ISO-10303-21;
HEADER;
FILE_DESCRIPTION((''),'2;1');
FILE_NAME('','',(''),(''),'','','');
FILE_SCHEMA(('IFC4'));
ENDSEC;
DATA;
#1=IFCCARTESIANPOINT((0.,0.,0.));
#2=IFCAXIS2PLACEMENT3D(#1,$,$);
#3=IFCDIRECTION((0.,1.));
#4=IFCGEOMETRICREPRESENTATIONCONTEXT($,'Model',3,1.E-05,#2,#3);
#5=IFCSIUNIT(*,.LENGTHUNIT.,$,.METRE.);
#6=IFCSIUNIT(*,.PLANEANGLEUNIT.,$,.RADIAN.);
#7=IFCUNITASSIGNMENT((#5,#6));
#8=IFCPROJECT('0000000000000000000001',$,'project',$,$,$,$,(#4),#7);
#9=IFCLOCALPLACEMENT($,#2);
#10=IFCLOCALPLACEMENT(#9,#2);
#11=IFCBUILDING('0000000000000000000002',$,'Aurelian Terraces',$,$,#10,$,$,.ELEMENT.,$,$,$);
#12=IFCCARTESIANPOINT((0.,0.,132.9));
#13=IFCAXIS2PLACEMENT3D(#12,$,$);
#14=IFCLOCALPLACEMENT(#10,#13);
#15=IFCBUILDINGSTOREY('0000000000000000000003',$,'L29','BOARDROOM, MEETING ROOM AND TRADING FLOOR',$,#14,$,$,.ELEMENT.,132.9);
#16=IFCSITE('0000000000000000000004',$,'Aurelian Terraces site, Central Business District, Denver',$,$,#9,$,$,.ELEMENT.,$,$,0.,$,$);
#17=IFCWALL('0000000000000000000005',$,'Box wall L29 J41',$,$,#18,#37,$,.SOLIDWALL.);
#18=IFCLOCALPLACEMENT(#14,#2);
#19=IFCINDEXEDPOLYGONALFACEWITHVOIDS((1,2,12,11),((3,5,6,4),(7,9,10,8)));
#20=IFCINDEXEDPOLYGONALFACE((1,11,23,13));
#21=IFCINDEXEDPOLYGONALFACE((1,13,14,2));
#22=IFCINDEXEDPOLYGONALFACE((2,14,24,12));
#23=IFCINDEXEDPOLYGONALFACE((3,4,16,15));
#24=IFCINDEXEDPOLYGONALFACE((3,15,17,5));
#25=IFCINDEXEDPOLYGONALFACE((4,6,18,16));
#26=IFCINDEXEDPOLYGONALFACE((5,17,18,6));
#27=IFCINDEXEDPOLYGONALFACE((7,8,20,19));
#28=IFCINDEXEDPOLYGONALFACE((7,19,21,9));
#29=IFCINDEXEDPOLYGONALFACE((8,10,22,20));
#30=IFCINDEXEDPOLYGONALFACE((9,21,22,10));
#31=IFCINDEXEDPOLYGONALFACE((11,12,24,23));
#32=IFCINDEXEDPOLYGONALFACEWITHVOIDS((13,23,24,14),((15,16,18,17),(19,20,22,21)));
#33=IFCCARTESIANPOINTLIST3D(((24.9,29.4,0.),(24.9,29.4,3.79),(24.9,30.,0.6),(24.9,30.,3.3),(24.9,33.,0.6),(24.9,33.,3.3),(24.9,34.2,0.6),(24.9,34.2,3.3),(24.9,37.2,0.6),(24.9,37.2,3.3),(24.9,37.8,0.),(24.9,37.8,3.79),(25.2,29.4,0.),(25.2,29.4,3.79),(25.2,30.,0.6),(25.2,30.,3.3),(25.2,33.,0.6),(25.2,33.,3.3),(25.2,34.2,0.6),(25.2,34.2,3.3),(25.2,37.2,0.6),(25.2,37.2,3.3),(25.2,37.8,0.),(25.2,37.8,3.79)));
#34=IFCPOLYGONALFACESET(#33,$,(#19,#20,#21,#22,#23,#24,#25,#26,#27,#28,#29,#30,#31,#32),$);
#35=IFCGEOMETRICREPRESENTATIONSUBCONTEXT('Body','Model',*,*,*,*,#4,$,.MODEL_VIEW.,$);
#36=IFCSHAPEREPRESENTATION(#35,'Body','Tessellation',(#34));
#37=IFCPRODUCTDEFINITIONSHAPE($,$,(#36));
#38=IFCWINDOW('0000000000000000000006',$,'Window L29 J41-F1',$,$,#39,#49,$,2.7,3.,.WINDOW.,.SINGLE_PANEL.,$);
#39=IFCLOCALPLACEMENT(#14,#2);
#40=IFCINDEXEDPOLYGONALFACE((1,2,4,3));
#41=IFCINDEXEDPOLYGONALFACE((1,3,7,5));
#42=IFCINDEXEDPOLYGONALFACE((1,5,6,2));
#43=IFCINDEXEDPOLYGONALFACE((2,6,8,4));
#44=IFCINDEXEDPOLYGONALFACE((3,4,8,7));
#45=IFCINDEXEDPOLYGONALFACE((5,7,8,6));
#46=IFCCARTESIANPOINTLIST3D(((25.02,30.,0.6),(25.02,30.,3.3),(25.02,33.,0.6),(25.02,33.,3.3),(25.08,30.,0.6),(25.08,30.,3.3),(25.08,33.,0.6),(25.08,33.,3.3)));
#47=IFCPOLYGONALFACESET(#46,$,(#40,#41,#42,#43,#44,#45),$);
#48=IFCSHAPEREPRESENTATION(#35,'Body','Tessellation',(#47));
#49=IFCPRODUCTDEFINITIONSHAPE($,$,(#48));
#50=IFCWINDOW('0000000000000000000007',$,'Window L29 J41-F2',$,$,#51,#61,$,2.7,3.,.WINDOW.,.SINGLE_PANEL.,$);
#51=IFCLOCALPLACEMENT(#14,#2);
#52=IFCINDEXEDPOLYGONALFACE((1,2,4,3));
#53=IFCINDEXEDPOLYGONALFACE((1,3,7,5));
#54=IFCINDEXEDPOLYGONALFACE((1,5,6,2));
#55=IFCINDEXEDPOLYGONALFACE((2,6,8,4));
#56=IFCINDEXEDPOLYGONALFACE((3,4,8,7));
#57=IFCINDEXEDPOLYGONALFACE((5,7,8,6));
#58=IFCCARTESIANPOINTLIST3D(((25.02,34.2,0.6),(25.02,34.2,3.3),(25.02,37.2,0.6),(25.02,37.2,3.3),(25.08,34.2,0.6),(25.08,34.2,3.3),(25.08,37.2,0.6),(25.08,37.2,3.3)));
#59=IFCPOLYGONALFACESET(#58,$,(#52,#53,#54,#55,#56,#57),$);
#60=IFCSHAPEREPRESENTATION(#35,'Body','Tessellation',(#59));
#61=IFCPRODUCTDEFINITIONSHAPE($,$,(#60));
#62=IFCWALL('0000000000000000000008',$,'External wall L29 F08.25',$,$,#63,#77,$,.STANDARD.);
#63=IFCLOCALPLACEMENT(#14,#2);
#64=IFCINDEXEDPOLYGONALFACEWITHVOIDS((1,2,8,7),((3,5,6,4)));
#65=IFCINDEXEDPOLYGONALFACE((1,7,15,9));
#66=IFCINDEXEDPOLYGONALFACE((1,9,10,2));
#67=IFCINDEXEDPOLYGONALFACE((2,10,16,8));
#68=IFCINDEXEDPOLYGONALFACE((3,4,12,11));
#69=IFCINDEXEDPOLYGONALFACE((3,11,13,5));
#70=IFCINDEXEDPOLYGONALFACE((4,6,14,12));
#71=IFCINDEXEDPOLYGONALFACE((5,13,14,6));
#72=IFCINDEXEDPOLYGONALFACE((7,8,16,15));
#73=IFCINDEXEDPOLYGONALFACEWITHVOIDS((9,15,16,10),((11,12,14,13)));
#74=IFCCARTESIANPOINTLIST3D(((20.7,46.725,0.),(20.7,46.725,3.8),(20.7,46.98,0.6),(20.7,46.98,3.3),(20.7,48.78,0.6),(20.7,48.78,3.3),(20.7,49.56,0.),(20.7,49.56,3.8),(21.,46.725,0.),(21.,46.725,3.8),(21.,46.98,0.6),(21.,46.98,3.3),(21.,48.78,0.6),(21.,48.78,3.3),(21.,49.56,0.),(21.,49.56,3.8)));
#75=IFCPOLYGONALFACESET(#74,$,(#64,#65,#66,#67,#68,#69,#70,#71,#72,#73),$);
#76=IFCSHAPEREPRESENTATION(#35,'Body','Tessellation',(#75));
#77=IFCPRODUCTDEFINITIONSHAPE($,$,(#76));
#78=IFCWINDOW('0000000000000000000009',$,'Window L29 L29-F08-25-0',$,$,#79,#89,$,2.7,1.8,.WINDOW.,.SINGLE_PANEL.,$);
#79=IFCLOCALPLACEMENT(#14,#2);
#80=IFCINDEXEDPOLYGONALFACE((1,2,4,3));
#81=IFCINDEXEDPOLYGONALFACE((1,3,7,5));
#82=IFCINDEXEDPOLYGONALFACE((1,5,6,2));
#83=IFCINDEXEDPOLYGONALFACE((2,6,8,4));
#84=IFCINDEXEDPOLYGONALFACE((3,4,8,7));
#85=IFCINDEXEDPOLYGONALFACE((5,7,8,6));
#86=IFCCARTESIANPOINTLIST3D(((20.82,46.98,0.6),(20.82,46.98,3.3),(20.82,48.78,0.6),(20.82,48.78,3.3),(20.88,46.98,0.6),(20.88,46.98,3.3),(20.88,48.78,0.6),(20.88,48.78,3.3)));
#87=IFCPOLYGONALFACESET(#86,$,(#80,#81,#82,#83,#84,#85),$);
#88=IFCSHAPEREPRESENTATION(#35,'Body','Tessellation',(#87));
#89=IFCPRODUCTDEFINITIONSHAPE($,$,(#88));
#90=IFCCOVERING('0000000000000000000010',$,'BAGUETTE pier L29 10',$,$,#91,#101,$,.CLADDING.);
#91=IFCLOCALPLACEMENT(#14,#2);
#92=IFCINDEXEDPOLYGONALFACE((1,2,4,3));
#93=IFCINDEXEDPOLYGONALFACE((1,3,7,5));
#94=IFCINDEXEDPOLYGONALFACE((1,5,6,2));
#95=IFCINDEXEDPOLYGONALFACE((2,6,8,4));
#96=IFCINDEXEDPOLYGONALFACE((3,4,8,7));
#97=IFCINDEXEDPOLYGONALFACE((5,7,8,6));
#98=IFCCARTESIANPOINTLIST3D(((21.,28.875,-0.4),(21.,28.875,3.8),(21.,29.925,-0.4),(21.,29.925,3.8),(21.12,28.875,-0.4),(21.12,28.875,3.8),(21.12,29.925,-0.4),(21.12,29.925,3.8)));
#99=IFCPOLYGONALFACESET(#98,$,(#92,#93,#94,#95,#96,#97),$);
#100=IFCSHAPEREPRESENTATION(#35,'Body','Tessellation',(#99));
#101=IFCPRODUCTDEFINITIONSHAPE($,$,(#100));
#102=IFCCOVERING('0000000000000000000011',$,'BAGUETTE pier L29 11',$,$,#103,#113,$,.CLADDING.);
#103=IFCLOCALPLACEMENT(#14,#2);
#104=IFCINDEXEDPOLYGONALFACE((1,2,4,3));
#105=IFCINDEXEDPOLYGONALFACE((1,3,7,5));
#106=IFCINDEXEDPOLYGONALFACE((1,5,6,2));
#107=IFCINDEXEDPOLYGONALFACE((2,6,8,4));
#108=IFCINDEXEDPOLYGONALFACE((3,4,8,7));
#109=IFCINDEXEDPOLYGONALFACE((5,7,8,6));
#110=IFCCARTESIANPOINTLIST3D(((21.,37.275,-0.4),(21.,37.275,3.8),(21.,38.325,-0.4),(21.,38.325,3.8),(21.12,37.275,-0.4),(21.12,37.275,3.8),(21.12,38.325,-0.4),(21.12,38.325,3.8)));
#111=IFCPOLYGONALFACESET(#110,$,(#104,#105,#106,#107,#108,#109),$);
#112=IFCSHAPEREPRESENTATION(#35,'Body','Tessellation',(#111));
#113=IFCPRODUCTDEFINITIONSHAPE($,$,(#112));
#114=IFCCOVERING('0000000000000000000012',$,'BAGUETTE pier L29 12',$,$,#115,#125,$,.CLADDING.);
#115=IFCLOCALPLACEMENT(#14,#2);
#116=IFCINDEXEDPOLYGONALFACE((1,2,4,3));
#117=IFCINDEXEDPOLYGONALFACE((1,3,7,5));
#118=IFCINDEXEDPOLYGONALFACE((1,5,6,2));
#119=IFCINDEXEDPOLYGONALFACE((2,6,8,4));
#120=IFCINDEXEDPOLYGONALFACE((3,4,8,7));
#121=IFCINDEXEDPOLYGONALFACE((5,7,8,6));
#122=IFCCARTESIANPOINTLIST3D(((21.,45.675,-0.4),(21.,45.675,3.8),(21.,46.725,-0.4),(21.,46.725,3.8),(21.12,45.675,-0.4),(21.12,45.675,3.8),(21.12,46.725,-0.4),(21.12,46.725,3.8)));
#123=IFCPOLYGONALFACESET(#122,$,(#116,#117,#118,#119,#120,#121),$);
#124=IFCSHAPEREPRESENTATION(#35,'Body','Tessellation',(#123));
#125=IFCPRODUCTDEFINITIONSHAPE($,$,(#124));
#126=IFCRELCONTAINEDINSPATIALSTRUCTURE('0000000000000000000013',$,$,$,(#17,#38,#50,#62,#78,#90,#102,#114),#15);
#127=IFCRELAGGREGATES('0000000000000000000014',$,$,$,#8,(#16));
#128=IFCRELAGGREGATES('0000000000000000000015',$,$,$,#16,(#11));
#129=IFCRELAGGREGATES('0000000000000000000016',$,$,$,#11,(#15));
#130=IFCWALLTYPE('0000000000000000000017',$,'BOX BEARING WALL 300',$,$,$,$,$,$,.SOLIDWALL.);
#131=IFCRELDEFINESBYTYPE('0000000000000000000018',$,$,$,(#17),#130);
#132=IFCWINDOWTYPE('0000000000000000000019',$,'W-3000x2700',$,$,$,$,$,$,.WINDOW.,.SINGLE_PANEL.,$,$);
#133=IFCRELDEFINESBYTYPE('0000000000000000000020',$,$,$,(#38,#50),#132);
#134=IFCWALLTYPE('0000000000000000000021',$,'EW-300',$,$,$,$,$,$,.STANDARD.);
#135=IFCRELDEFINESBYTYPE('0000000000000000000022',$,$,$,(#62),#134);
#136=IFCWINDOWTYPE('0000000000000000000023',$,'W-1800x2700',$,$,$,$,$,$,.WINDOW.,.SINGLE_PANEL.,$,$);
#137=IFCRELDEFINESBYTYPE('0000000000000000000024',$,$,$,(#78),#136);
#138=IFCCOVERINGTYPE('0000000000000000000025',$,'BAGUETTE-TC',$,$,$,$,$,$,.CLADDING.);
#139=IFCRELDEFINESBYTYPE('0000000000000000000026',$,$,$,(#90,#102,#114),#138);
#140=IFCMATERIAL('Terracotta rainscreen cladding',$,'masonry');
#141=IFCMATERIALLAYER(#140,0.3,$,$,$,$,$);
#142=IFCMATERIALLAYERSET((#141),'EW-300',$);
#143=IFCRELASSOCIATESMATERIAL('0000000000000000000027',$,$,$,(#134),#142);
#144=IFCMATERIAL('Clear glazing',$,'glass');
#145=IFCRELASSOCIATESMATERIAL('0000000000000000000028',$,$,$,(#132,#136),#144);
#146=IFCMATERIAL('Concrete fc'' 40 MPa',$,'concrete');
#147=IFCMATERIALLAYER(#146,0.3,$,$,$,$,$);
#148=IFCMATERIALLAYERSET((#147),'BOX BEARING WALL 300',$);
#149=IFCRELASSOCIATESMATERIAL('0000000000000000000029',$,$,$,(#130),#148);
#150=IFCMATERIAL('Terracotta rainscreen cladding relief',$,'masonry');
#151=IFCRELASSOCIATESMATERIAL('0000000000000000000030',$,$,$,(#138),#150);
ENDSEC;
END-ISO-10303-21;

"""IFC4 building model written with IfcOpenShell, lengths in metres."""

from ifc_helpers import new_model, si_unit, direction, frame, frame_2d, origin, origin_2d, place, context, subcontext, project, spatial, rectangle, extrude, source, transform, mapped, material, layer, layer_set, type_object, element, fill, save


model = new_model("IFC4")

# Units and contexts
model_context = context("Model", 3, precision=1e-05, world=origin(), true_north=direction((0.0, 1.0)))
body_context = subcontext(model_context, "Body", "Model", "MODEL_VIEW")
ifc_project = project(units=[si_unit("LENGTHUNIT", "METRE"), si_unit("PLANEANGLEUNIT", "RADIAN")], contexts=[model_context])

# Site, building, storey
site_placement = place(None, origin())
site = spatial("IfcSite", under=ifc_project, at=site_placement, Name="Aurelian Terraces site, Central Business District, Denver", CompositionType="ELEMENT", RefElevation=0.0)
building_placement = place(site_placement, origin())
building = spatial("IfcBuilding", under=site, at=building_placement, Name="Aurelian Terraces", CompositionType="ELEMENT")
storey_placement = place(building_placement, frame((0.0, 0.0, 132.9)))
storey = spatial("IfcBuildingStorey", under=building, at=storey_placement, Name="L29", Description="BOARDROOM, MEETING ROOM AND TRADING FLOOR", CompositionType="ELEMENT", Elevation=132.9)

# Shared definitions
ifc_material_1 = material(Name="Terracotta rainscreen cladding", Category="masonry")
ifc_layer_1 = layer(ifc_material_1, 0.3)
ifc_layer_set_1 = layer_set([ifc_layer_1], Name="EW-300")
wall_type_1 = type_object("IfcWallType", Name="EW-300", PredefinedType="STANDARD", material=ifc_layer_set_1)
shared_shape_1 = source(origin(), body_context, "Body", "SweptSolid", [
    extrude(rectangle(XDim=3.0, YDim=2.7, at=frame_2d((1.5, 1.35))), frame((0.0, 0.16, 0.0), z_axis=(0.0, -1.0, 0.0), x_axis=(1.0, 0.0, 0.0)), (0.0, 0.0, 1.0), 0.32),
])
ifc_material_2 = material(Name="Clear glazing", Category="glass")
window_type_1 = type_object("IfcWindowType", Name="W-3000x2700", PartitioningType="SINGLE_PANEL", PredefinedType="WINDOW", material=ifc_material_2)
shared_shape_2 = source(origin(), body_context, "Body", "SweptSolid", [
    extrude(rectangle(XDim=3.0, YDim=2.7, at=frame_2d((1.5, 1.35))), frame((0.0, 0.03, 0.0), z_axis=(0.0, -1.0, 0.0), x_axis=(1.0, 0.0, 0.0)), (0.0, 0.0, 1.0), 0.06),
])
ifc_material_3 = material(Name="Concrete fc' 40 MPa", Category="concrete")

# Wall, openings, windows
ifc_layer_2 = layer(ifc_material_3, 0.3)
ifc_layer_set_2 = layer_set([ifc_layer_2], Name="BOX BEARING WALL 300")
wall_type_2 = type_object("IfcWallType", Name="BOX BEARING WALL 300", PredefinedType="SOLIDWALL", material=ifc_layer_set_2)
shared_shape_3 = source(origin(), body_context, "Body", "SweptSolid", [
    extrude(rectangle(XDim=8.4, YDim=0.3, at=frame_2d((4.2, 0.0))), origin(), (0.0, 0.0, 1.0), 3.79),
])
wall_1_placement = place(storey_placement, frame((25.05, 29.4, 0.0), z_axis=(0.0, 0.0, 1.0), x_axis=(0.0, 1.0, 0.0)))
wall_1 = element("IfcWall", 1, at=wall_1_placement, inside=storey, type_object=wall_type_2, Name="Box wall L29 J41", PredefinedType="SOLIDWALL", context=body_context, shape_type="MappedRepresentation", body=[
    mapped(shared_shape_3, transform((0.0, 0.0, 0.0), scale=1.0)),
])
opening_1_placement = place(wall_1_placement, frame((0.6, 0.0, 0.6)))
opening_1 = element("IfcOpeningElement", 2, at=opening_1_placement, cuts=wall_1, PredefinedType="OPENING", context=body_context, shape_type="MappedRepresentation", body=[
    mapped(shared_shape_1, transform((0.0, 0.0, 0.0), scale=1.0)),
])
opening_2_placement = place(wall_1_placement, frame((4.8, 0.0, 0.6)))
opening_2 = element("IfcOpeningElement", 3, at=opening_2_placement, cuts=wall_1, PredefinedType="OPENING", context=body_context, shape_type="MappedRepresentation", body=[
    mapped(shared_shape_1, transform((0.0, 0.0, 0.0), scale=1.0)),
])
window_1_placement = place(opening_1_placement, origin())
window_1 = element("IfcWindow", 4, at=window_1_placement, inside=storey, type_object=window_type_1, Name="Window L29 J41-F1", OverallHeight=2.7, OverallWidth=3.0, PartitioningType="SINGLE_PANEL", PredefinedType="WINDOW", context=body_context, shape_type="MappedRepresentation", body=[
    mapped(shared_shape_2, transform((0.0, 0.0, 0.0), scale=1.0)),
])
fill(opening_1, window_1)
window_2_placement = place(opening_2_placement, origin())
window_2 = element("IfcWindow", 5, at=window_2_placement, inside=storey, type_object=window_type_1, Name="Window L29 J41-F2", OverallHeight=2.7, OverallWidth=3.0, PartitioningType="SINGLE_PANEL", PredefinedType="WINDOW", context=body_context, shape_type="MappedRepresentation", body=[
    mapped(shared_shape_2, transform((0.0, 0.0, 0.0), scale=1.0)),
])
fill(opening_2, window_2)

# Wall, opening, window
shared_shape_4 = source(origin(), body_context, "Body", "SweptSolid", [
    extrude(rectangle(XDim=2.835, YDim=0.3, at=frame_2d((1.4175, 0.0))), origin(), (0.0, 0.0, 1.0), 3.8),
])
wall_2_placement = place(storey_placement, frame((20.85, 46.725, 0.0), z_axis=(0.0, 0.0, 1.0), x_axis=(0.0, 1.0, 0.0)))
wall_2 = element("IfcWall", 6, at=wall_2_placement, inside=storey, type_object=wall_type_1, Name="External wall L29 F08.25", PredefinedType="STANDARD", context=body_context, shape_type="MappedRepresentation", body=[
    mapped(shared_shape_4, transform((0.0, 0.0, 0.0), scale=1.0)),
])
shared_shape_5 = source(origin(), body_context, "Body", "SweptSolid", [
    extrude(rectangle(XDim=1.8, YDim=2.7, at=frame_2d((0.9, 1.35))), frame((0.0, 0.16, 0.0), z_axis=(0.0, -1.0, 0.0), x_axis=(1.0, 0.0, 0.0)), (0.0, 0.0, 1.0), 0.32),
])
opening_3_placement = place(wall_2_placement, frame((0.255, 0.0, 0.6)))
opening_3 = element("IfcOpeningElement", 7, at=opening_3_placement, cuts=wall_2, PredefinedType="OPENING", context=body_context, shape_type="MappedRepresentation", body=[
    mapped(shared_shape_5, transform((0.0, 0.0, 0.0), scale=1.0)),
])
window_type_2 = type_object("IfcWindowType", Name="W-1800x2700", PartitioningType="SINGLE_PANEL", PredefinedType="WINDOW", material=ifc_material_2)
shared_shape_6 = source(origin(), body_context, "Body", "SweptSolid", [
    extrude(rectangle(XDim=1.8, YDim=2.7, at=frame_2d((0.9, 1.35))), frame((0.0, 0.03, 0.0), z_axis=(0.0, -1.0, 0.0), x_axis=(1.0, 0.0, 0.0)), (0.0, 0.0, 1.0), 0.06),
])
window_3_placement = place(opening_3_placement, origin())
window_3 = element("IfcWindow", 8, at=window_3_placement, inside=storey, type_object=window_type_2, Name="Window L29 L29-F08-25-0", OverallHeight=2.7, OverallWidth=1.8, PartitioningType="SINGLE_PANEL", PredefinedType="WINDOW", context=body_context, shape_type="MappedRepresentation", body=[
    mapped(shared_shape_6, transform((0.0, 0.0, 0.0), scale=1.0)),
])
fill(opening_3, window_3)

# Coverings
ifc_material_4 = material(Name="Terracotta rainscreen cladding relief", Category="masonry")
covering_type = type_object("IfcCoveringType", Name="BAGUETTE-TC", PredefinedType="CLADDING", material=ifc_material_4)
shared_shape_7 = source(origin(), body_context, "Body", "SweptSolid", [
    extrude(rectangle(XDim=0.12, YDim=1.05, at=origin_2d()), origin(), (0.0, 0.0, 1.0), 4.2),
])
for number, where, z_axis, x_axis, name in (
    (9, (21.06, 29.4, -0.4), (0.0, 0.0, 1.0), (1.0, 0.0, 0.0), "BAGUETTE pier L29 10"),
    (10, (21.06, 37.8, -0.4), (0.0, 0.0, 1.0), (1.0, 0.0, 0.0), "BAGUETTE pier L29 11"),
    (11, (21.06, 46.2, -0.4), (0.0, 0.0, 1.0), (1.0, 0.0, 0.0), "BAGUETTE pier L29 12"),
):
    element("IfcCovering", number, at=place(storey_placement, frame(where, z_axis=z_axis, x_axis=x_axis)), inside=storey, type_object=covering_type, Name=name, PredefinedType="CLADDING", context=body_context, shape_type="MappedRepresentation", body=[
        mapped(shared_shape_7, transform((0.0, 0.0, 0.0), scale=1.0)),
    ])

save(model, "model.ifc")
